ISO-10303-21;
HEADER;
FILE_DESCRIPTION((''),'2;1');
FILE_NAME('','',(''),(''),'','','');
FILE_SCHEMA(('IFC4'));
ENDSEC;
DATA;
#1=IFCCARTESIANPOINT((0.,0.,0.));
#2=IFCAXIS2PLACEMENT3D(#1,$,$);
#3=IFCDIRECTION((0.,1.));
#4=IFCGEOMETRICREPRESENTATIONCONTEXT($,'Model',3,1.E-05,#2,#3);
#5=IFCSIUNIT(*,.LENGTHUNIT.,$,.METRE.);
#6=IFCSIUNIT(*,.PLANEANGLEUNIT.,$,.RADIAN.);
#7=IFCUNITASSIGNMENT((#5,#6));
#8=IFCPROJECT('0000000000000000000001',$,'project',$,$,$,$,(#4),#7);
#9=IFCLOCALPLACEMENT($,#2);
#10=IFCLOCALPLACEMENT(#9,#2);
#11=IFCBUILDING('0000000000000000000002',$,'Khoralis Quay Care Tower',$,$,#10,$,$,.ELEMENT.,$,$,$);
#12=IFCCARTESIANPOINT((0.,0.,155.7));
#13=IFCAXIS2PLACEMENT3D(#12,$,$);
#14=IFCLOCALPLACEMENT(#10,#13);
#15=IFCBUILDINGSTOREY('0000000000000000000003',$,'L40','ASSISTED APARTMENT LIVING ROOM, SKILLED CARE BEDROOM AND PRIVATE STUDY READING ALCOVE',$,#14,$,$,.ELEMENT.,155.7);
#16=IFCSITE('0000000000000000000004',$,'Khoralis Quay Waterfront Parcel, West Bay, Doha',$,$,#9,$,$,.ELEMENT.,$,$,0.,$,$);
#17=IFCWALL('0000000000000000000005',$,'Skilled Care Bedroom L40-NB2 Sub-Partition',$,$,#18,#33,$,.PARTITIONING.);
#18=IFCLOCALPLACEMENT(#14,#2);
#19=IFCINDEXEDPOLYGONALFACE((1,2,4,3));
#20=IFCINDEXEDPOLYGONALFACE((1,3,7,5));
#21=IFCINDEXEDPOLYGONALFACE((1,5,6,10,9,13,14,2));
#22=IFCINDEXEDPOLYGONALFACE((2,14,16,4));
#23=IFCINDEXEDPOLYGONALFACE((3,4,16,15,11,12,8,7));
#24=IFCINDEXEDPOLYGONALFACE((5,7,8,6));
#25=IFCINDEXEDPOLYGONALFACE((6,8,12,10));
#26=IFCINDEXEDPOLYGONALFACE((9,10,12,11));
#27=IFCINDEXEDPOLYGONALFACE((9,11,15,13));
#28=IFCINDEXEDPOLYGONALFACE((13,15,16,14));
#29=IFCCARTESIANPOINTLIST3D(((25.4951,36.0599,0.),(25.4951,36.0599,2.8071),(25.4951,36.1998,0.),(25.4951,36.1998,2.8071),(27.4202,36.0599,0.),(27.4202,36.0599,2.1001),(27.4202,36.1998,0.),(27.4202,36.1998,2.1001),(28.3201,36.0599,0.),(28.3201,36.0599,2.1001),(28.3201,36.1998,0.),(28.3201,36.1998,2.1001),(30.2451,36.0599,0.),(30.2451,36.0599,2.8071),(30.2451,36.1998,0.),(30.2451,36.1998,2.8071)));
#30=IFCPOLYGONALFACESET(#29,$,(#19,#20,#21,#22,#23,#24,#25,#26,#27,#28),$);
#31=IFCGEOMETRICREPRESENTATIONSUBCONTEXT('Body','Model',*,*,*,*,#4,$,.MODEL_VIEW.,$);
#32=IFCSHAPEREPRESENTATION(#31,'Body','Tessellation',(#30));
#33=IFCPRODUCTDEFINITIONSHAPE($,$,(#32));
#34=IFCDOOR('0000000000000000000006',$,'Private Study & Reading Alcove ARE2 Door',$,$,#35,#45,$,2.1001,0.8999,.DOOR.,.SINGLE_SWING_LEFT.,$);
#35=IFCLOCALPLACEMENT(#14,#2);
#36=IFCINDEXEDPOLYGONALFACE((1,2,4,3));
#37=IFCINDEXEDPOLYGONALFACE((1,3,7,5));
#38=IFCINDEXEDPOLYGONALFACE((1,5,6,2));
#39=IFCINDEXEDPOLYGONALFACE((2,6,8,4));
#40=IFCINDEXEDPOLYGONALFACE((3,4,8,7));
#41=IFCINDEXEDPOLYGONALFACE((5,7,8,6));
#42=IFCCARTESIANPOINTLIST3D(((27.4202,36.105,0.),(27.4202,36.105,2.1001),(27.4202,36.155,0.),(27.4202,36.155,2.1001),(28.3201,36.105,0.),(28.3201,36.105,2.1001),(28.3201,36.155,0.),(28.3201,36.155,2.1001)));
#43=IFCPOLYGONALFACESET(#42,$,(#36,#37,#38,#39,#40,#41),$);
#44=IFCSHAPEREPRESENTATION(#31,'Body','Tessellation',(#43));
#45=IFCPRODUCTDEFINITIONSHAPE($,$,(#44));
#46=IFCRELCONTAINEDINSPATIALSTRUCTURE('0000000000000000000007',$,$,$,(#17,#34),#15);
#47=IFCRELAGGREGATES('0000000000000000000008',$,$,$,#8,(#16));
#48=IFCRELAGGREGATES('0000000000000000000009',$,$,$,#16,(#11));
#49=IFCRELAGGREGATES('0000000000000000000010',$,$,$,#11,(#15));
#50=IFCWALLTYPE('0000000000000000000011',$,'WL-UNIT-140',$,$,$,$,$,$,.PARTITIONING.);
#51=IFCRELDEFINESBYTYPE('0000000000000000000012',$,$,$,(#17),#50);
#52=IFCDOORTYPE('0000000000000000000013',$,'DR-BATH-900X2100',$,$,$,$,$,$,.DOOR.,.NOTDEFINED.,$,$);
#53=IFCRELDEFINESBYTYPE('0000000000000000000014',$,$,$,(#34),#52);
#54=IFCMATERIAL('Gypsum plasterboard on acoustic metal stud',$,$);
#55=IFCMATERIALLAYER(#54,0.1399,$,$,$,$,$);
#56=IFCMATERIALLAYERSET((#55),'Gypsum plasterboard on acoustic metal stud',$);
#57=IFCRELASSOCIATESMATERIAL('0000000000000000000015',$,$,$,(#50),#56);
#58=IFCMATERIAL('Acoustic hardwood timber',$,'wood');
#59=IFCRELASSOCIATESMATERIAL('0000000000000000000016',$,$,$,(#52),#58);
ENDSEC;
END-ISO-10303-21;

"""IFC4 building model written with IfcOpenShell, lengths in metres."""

from ifc_helpers import new_model, si_unit, direction, frame, frame_2d, origin, place, context, subcontext, project, spatial, rectangle, extrude, source, transform, mapped, material, layer, layer_set, type_object, element, fill, save


model = new_model("IFC4")

# Units and contexts
model_context = context("Model", 3, precision=1e-05, world=origin(), true_north=direction((0.0, 1.0)))
body_context = subcontext(model_context, "Body", "Model", "MODEL_VIEW")
ifc_project = project(units=[si_unit("LENGTHUNIT", "METRE"), si_unit("PLANEANGLEUNIT", "RADIAN")], contexts=[model_context])

# Site, building, storey
site_placement = place(None, origin())
site = spatial("IfcSite", under=ifc_project, at=site_placement, Name="Khoralis Quay Waterfront Parcel, West Bay, Doha", CompositionType="ELEMENT", RefElevation=0.0)
building_placement = place(site_placement, origin())
building = spatial("IfcBuilding", under=site, at=building_placement, Name="Khoralis Quay Care Tower", CompositionType="ELEMENT")
storey_placement = place(building_placement, frame((0.0, 0.0, 155.7)))
storey = spatial("IfcBuildingStorey", under=building, at=storey_placement, Name="L40", Description="ASSISTED APARTMENT LIVING ROOM, SKILLED CARE BEDROOM AND PRIVATE STUDY READING ALCOVE", CompositionType="ELEMENT", Elevation=155.7)

# Wall, opening, door
ifc_material_1 = material(Name="Gypsum plasterboard on acoustic metal stud")
ifc_layer_1 = layer(ifc_material_1, 0.1399)
ifc_layer_set_1 = layer_set([ifc_layer_1], Name="Gypsum plasterboard on acoustic metal stud")
wall_type_1 = type_object("IfcWallType", Name="WL-UNIT-140", PredefinedType="PARTITIONING", material=ifc_layer_set_1)
wall_1_placement = place(storey_placement, frame((25.4951, 36.1299, 0.0), z_axis=(0.0, 0.0, 1.0), x_axis=(1.0, 0.0, 0.0)))
wall_1 = element("IfcWall", 1, at=wall_1_placement, inside=storey, type_object=wall_type_1, Name="Skilled Care Bedroom L40-NB2 Sub-Partition", PredefinedType="PARTITIONING", context=body_context, shape_type="SweptSolid", body=[
    extrude(rectangle(XDim=4.75, YDim=0.1399, at=frame_2d((2.375, 0.0))), origin(), (0.0, 0.0, 1.0), 2.8071),
])
opening_placement = place(wall_1_placement, frame((1.925, 0.0, 0.0)))
opening = element("IfcOpeningElement", 2, at=opening_placement, cuts=wall_1, PredefinedType="OPENING", context=body_context, shape_type="SweptSolid", body=[
    extrude(rectangle(XDim=0.8999, YDim=2.1001, at=frame_2d((0.45, 1.05))), frame((0.0, 0.0801, 0.0), z_axis=(0.0, -1.0, 0.0), x_axis=(1.0, 0.0, 0.0)), (0.0, 0.0, 1.0), 0.1599),
])
ifc_material_2 = material(Name="Acoustic hardwood timber", Category="wood")
door_type = type_object("IfcDoorType", Name="DR-BATH-900X2100", OperationType="NOTDEFINED", PredefinedType="DOOR", material=ifc_material_2)
shared_shape_1 = source(origin(), body_context, "Body", "SweptSolid", [
    extrude(rectangle(XDim=0.8999, YDim=2.1001, at=frame_2d((0.45, 1.05))), frame((0.0, 0.0249, 0.0), z_axis=(0.0, -1.0, 0.0), x_axis=(1.0, 0.0, 0.0)), (0.0, 0.0, 1.0), 0.05),
])
door_placement = place(opening_placement, frame((0.8999, 0.0, 0.0), z_axis=(0.0, 0.0, 1.0), x_axis=(-1.0, 0.0, 0.0)))
door = element("IfcDoor", 3, at=door_placement, inside=storey, type_object=door_type, Name="Private Study & Reading Alcove ARE2 Door", OperationType="SINGLE_SWING_LEFT", OverallHeight=2.1001, OverallWidth=0.8999, PredefinedType="DOOR", context=body_context, shape_type="MappedRepresentation", body=[
    mapped(shared_shape_1, transform((0.0, 0.0, 0.0), scale=1.0)),
])
fill(opening, door)

save(model, "model.ifc")
